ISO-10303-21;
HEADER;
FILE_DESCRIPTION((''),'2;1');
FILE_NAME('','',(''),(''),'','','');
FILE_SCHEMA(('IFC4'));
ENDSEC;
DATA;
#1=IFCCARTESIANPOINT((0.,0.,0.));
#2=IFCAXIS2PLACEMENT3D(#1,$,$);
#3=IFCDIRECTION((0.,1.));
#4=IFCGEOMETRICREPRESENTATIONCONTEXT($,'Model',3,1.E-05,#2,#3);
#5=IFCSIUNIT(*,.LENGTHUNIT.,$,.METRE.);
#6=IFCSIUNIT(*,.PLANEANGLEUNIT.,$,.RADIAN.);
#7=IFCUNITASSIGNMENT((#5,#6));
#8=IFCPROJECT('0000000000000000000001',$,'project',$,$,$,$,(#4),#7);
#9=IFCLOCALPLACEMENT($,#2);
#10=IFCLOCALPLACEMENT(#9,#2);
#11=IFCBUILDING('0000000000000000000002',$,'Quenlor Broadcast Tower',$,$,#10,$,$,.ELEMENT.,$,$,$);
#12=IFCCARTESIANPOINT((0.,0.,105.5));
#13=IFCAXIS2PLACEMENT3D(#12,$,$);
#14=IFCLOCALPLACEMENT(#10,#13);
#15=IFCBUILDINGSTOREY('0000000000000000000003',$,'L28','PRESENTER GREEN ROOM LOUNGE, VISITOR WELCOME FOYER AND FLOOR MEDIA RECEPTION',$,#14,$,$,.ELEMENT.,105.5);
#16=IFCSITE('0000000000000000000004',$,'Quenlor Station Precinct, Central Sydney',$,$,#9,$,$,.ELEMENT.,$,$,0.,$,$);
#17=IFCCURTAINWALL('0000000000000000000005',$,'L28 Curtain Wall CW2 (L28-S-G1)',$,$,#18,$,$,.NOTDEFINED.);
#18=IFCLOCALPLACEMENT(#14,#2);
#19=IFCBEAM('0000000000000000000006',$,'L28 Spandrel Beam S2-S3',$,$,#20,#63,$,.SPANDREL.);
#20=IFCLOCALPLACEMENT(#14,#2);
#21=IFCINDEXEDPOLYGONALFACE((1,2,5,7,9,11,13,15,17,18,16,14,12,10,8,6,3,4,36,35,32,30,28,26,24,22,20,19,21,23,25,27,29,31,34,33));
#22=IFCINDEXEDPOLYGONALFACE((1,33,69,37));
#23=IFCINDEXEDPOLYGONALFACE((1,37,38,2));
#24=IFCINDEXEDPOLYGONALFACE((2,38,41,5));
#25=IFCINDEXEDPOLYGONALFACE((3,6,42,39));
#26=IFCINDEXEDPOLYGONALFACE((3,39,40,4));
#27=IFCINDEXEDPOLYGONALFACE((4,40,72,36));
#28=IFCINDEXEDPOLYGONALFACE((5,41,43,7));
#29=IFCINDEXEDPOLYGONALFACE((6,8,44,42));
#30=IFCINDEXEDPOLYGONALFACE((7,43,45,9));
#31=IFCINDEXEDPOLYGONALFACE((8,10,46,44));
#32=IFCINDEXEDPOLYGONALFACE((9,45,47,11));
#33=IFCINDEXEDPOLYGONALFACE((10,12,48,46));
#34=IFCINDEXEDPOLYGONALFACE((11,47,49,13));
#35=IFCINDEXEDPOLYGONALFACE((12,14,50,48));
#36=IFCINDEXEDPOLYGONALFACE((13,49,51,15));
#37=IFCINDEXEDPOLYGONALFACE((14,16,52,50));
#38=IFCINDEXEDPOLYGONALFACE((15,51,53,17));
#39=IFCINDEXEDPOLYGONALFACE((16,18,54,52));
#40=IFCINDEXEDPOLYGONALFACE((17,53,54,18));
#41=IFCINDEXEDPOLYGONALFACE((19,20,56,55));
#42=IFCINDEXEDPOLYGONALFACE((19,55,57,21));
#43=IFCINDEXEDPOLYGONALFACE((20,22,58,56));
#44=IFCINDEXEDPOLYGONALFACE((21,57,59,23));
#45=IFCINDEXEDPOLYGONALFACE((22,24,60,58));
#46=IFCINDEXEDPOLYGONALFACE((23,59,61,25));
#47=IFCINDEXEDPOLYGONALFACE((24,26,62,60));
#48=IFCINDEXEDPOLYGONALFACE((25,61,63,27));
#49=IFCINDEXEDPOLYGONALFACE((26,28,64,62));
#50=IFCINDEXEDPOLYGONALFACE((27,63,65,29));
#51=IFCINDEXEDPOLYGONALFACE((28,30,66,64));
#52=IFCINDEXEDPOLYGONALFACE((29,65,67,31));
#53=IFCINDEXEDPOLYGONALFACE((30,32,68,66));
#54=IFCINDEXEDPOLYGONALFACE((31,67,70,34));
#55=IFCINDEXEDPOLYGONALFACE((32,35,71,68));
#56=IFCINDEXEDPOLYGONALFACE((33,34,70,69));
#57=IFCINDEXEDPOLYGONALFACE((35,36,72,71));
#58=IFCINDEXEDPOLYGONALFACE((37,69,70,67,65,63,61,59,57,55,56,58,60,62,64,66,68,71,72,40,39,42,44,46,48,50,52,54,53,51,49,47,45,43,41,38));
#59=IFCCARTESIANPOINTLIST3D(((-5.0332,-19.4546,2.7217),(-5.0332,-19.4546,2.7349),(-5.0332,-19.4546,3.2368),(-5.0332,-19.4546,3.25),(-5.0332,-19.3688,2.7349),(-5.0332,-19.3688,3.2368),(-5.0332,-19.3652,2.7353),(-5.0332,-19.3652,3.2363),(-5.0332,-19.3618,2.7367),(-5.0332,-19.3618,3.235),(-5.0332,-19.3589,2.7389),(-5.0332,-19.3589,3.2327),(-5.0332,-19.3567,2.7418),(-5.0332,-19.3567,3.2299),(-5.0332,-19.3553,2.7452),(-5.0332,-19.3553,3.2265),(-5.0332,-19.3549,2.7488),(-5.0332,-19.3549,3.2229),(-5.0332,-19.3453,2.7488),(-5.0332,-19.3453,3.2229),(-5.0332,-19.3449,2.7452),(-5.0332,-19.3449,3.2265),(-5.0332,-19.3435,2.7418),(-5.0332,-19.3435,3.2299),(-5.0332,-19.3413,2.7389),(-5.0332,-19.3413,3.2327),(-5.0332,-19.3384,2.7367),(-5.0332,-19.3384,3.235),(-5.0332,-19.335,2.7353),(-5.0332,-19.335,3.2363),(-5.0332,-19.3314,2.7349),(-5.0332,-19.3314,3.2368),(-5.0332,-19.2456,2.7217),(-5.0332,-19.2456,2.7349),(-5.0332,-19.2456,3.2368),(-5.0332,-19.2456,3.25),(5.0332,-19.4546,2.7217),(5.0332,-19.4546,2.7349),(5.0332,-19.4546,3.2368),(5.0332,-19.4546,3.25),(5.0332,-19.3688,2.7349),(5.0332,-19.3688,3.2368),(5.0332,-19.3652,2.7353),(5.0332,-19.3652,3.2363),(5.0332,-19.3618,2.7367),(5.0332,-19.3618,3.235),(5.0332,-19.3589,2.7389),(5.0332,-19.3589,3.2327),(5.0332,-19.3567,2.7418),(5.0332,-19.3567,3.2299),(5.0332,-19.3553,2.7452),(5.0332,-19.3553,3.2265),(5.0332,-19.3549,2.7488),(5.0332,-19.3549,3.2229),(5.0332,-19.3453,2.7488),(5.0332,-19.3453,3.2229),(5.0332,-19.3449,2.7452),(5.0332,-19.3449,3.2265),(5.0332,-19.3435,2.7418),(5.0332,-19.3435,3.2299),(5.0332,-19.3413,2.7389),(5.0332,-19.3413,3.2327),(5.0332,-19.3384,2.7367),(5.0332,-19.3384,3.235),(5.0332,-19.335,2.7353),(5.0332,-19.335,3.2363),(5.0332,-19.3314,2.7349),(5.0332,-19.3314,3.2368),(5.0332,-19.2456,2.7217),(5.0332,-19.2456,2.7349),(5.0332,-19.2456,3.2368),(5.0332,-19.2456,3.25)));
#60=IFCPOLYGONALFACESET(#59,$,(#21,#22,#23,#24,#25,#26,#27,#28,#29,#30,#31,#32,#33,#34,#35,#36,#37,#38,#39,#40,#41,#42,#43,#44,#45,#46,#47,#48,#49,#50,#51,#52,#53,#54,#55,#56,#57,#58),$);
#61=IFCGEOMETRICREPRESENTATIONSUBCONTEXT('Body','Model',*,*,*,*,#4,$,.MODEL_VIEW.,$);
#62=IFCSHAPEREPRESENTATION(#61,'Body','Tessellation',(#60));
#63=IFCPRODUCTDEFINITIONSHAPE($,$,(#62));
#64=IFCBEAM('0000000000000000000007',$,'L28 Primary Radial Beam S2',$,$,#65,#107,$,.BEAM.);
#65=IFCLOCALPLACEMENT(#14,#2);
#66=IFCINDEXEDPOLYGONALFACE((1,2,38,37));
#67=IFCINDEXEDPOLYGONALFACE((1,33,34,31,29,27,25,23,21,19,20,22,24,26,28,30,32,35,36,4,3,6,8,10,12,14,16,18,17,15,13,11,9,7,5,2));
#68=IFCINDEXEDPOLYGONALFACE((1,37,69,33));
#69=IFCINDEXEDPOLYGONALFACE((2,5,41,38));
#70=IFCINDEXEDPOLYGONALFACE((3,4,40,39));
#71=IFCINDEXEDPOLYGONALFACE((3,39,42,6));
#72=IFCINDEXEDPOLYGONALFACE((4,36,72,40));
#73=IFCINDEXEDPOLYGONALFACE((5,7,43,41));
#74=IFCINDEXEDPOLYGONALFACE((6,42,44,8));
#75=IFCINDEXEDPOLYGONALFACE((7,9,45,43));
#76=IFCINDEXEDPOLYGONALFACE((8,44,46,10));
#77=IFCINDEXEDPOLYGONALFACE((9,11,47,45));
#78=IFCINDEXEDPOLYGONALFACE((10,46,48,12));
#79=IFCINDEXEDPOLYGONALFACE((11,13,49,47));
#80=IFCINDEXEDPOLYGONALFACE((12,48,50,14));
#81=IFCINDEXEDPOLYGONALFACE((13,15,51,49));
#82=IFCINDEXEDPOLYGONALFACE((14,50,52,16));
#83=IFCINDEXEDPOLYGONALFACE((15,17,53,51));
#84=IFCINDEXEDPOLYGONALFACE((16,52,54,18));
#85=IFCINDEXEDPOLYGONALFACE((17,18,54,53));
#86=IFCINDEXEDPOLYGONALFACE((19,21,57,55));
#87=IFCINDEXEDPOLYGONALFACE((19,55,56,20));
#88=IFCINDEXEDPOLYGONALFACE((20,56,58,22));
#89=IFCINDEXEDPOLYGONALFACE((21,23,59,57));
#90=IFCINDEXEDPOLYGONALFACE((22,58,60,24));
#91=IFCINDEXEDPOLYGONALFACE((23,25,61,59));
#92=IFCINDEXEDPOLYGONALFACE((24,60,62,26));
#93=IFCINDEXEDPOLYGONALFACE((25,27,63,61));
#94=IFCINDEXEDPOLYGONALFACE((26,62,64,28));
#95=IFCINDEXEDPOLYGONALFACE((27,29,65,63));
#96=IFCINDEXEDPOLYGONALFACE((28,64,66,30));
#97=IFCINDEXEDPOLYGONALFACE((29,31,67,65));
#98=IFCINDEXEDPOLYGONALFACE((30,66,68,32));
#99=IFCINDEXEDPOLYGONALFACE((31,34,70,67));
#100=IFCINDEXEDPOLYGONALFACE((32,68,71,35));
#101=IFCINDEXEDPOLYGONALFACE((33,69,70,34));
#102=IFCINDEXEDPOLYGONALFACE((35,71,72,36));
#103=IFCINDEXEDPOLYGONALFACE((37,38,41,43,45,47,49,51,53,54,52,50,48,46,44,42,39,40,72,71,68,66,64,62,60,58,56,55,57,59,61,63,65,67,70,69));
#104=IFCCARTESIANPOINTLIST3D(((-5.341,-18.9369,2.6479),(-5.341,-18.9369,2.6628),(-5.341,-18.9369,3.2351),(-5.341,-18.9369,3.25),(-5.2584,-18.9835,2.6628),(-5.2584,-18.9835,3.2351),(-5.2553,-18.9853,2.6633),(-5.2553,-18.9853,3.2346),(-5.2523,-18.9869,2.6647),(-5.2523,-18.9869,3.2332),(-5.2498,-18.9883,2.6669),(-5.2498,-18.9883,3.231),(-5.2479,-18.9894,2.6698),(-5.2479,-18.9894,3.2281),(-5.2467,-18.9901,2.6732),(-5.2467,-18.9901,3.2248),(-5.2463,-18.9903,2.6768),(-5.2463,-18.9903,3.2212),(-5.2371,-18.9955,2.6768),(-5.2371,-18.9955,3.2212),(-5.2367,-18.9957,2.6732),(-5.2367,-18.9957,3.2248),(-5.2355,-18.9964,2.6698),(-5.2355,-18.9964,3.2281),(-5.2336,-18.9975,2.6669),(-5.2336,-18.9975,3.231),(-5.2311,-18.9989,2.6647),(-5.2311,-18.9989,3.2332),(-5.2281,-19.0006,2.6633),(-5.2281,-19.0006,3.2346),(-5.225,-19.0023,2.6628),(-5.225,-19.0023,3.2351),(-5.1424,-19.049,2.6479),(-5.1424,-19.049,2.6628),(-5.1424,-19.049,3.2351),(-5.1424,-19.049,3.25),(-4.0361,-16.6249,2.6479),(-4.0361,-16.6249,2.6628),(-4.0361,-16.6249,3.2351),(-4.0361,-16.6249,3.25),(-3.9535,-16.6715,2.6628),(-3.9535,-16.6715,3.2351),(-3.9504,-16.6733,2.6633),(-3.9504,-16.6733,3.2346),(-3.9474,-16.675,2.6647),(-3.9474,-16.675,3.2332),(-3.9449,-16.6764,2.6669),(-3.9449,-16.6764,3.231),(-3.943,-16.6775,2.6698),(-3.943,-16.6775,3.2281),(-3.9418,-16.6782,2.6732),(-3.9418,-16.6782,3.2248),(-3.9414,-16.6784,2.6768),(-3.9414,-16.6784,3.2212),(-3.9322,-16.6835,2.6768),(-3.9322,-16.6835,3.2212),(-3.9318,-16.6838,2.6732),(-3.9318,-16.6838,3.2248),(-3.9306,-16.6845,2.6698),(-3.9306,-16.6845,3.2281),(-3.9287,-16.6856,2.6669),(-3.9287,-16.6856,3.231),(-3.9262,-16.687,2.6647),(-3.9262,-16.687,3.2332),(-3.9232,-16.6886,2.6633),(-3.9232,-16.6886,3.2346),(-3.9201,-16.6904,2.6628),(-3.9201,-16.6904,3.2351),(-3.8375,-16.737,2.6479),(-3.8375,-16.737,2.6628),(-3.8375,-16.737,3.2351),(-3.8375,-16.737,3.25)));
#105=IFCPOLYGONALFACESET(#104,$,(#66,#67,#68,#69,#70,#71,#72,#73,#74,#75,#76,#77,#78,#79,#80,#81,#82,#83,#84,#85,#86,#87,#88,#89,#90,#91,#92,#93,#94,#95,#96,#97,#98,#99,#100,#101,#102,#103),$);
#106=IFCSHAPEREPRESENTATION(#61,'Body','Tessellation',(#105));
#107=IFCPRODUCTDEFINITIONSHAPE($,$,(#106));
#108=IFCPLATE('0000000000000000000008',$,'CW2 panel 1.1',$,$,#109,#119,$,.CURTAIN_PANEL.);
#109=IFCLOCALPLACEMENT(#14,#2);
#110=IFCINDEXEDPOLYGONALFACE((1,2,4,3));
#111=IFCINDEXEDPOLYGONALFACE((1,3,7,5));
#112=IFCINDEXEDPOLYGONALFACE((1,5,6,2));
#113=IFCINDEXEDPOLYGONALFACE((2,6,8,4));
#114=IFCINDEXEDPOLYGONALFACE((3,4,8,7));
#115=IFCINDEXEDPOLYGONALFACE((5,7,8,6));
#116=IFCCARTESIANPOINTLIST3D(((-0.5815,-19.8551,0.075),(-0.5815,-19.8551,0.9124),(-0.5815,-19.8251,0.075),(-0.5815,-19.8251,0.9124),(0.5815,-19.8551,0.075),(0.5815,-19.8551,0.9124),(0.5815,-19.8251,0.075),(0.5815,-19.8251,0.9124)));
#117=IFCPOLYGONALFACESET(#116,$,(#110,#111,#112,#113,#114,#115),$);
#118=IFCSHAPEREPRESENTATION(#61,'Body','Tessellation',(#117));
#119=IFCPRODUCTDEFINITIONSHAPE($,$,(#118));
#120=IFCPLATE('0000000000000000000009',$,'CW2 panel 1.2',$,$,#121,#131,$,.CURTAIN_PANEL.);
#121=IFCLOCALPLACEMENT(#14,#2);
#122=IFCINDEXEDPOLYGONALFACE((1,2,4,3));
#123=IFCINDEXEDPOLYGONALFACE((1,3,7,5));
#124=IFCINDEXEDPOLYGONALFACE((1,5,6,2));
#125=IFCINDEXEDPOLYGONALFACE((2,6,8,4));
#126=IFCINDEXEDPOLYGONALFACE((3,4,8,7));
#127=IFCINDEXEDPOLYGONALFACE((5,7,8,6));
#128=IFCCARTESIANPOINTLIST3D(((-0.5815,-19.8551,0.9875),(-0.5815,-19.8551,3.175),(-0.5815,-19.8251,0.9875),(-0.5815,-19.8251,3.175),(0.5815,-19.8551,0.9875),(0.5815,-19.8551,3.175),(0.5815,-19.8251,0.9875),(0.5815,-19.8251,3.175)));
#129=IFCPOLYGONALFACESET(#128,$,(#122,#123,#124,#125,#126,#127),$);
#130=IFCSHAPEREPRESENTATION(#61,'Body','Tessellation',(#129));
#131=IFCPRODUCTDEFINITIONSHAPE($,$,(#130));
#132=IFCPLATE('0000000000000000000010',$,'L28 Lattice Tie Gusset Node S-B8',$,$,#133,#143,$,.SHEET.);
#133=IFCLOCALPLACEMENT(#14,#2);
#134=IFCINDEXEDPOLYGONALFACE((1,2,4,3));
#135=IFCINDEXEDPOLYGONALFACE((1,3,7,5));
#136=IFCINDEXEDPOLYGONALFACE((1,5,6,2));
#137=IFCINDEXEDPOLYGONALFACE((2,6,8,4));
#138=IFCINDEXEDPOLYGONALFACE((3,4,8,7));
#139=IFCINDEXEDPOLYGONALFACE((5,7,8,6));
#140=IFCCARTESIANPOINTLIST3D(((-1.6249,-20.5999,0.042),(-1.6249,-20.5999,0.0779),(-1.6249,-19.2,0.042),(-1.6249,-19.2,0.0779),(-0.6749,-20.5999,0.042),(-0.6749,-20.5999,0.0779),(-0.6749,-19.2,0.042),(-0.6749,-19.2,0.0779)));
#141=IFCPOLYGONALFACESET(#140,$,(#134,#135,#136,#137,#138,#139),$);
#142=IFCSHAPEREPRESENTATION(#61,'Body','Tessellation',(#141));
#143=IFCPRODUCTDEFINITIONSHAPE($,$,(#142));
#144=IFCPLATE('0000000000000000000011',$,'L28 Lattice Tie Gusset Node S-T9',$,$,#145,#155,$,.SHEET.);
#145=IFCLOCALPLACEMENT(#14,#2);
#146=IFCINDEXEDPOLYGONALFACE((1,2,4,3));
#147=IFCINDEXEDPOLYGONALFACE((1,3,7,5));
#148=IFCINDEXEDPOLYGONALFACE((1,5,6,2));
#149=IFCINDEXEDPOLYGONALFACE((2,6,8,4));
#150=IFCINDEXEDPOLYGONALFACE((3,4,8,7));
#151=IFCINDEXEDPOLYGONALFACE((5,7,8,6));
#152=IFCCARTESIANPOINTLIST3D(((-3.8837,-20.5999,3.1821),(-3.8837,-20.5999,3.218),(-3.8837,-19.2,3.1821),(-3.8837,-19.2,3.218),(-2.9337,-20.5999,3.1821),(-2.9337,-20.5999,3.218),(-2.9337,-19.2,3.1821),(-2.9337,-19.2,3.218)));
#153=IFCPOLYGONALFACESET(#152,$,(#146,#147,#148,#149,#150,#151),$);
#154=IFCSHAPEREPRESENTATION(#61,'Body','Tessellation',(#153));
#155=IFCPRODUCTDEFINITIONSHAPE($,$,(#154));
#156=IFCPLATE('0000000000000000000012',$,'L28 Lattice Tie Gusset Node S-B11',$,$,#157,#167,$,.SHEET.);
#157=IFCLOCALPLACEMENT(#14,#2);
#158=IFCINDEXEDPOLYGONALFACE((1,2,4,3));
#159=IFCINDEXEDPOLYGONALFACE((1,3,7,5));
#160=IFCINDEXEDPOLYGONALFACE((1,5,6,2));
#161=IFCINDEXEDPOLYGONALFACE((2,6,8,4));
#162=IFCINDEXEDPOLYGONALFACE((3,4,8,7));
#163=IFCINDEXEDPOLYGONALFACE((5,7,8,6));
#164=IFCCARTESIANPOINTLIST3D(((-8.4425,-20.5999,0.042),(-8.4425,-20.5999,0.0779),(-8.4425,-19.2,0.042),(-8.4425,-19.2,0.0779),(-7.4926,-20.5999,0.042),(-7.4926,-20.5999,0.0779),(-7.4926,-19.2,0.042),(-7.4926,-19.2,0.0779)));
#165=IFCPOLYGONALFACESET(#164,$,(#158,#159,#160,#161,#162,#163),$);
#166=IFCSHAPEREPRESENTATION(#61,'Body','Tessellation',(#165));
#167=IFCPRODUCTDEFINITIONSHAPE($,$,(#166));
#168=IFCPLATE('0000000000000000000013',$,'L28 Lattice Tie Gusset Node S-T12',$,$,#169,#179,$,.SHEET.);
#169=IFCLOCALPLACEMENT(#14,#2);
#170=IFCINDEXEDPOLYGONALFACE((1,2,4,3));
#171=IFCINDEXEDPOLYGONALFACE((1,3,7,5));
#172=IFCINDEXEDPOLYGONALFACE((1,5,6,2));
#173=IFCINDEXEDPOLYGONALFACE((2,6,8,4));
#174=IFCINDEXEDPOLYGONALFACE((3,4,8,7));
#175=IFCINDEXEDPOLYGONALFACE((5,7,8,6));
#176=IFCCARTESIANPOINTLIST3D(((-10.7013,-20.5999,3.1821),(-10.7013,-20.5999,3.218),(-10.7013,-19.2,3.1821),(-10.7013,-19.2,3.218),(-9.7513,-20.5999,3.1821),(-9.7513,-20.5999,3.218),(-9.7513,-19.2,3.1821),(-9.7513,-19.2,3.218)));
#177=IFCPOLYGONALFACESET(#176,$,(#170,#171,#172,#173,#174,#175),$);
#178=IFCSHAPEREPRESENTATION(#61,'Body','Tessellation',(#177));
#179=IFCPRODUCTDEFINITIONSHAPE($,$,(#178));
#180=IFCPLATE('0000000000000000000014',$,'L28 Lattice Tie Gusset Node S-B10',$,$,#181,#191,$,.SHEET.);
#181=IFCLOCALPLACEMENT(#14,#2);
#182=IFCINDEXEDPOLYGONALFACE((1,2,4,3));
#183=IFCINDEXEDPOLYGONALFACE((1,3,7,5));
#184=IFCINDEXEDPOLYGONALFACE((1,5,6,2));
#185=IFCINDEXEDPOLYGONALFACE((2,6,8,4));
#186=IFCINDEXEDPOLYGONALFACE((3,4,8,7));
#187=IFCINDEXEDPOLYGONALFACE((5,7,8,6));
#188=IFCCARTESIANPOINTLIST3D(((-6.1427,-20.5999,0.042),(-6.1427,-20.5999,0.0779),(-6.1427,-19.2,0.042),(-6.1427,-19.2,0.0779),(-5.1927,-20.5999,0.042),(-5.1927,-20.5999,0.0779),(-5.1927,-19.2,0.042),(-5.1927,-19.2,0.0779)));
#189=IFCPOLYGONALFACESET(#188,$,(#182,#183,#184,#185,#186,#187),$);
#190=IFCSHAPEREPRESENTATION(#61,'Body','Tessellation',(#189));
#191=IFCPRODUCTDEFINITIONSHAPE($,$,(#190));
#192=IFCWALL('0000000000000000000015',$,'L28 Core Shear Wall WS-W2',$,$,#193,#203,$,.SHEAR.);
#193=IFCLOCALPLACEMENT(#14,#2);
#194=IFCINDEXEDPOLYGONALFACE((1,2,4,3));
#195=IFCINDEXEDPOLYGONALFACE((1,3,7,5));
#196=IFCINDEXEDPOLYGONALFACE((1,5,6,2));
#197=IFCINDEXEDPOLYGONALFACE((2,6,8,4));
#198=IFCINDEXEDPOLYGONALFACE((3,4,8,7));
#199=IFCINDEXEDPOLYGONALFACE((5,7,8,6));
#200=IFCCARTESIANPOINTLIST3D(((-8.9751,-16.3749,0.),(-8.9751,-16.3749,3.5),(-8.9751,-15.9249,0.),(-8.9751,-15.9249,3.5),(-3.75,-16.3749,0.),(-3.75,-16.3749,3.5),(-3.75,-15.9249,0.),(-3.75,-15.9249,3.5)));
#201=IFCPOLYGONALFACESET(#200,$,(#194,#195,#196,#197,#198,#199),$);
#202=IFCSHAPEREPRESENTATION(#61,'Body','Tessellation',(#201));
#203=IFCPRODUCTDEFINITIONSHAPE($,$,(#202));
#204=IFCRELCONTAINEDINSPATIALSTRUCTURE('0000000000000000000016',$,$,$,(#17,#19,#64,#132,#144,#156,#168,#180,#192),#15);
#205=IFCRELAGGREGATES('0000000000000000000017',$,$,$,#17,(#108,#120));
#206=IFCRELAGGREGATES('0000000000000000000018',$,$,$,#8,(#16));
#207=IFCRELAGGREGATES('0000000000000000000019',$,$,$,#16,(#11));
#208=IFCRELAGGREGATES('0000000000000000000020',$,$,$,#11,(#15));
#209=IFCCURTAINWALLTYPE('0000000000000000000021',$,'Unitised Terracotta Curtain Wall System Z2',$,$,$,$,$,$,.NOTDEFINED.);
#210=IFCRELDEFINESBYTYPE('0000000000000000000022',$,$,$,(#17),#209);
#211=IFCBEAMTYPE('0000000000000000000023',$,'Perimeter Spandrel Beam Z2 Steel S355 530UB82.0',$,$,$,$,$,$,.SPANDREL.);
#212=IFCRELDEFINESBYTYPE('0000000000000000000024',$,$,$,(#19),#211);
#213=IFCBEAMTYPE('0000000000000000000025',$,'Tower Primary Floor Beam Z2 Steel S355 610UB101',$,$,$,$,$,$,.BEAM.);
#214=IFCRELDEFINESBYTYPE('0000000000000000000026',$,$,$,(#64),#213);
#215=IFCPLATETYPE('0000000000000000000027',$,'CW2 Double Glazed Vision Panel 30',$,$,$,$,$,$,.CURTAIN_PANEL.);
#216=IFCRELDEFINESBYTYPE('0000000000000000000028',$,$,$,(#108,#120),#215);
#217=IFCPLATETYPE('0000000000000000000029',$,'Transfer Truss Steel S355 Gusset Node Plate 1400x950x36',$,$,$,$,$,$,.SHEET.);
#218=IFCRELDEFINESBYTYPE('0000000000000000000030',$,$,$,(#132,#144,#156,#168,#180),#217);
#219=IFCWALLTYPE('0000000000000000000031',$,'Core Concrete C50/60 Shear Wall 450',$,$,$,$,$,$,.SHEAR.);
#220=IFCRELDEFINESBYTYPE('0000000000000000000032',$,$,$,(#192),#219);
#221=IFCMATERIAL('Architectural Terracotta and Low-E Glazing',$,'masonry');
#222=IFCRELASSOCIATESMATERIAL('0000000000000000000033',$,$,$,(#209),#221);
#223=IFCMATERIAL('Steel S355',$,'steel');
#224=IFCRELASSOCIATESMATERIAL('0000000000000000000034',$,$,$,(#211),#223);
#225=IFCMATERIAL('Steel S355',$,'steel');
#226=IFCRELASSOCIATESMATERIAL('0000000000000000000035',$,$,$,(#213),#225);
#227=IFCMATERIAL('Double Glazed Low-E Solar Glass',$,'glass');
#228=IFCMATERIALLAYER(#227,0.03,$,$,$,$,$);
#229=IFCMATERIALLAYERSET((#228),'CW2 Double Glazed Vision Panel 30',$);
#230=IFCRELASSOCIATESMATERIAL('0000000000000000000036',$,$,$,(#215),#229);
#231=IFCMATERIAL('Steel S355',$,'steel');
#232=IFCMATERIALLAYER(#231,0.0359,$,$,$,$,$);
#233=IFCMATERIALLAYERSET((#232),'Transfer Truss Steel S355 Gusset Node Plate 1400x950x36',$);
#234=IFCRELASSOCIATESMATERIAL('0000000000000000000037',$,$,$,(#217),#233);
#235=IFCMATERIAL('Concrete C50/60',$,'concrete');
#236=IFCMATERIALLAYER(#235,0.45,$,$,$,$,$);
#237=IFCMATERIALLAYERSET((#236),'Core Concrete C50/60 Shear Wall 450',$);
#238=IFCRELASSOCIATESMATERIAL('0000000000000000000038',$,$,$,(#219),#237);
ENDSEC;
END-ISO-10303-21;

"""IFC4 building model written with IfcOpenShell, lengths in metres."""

from ifc_helpers import new_model, si_unit, direction, frame, frame_2d, origin, origin_2d, place, context, subcontext, project, spatial, rectangle, i_section, extrude, material, layer, layer_set, material_profile, profile_set, type_object, element, aggregate, save


model = new_model("IFC4")

# Units and contexts
model_context = context("Model", 3, precision=1e-05, world=origin(), true_north=direction((0.0, 1.0)))
body_context = subcontext(model_context, "Body", "Model", "MODEL_VIEW")
ifc_project = project(units=[si_unit("LENGTHUNIT", "METRE"), si_unit("PLANEANGLEUNIT", "RADIAN")], contexts=[model_context])

# Site, building, storey
site_placement = place(None, origin())
site = spatial("IfcSite", under=ifc_project, at=site_placement, Name="Quenlor Station Precinct, Central Sydney", CompositionType="ELEMENT", RefElevation=0.0)
building_placement = place(site_placement, origin())
building = spatial("IfcBuilding", under=site, at=building_placement, Name="Quenlor Broadcast Tower", CompositionType="ELEMENT")
storey_placement = place(building_placement, frame((0.0, 0.0, 105.5)))
storey = spatial("IfcBuildingStorey", under=building, at=storey_placement, Name="L28", Description="PRESENTER GREEN ROOM LOUNGE, VISITOR WELCOME FOYER AND FLOOR MEDIA RECEPTION", CompositionType="ELEMENT", Elevation=105.5)

# Curtain wall
ifc_material_1 = material(Name="Architectural Terracotta and Low-E Glazing", Category="masonry")
curtain_wall_type = type_object("IfcCurtainWallType", Name="Unitised Terracotta Curtain Wall System Z2", PredefinedType="NOTDEFINED", material=ifc_material_1)
curtain_wall_placement = place(storey_placement, origin())
curtain_wall = element("IfcCurtainWall", 1, at=curtain_wall_placement, inside=storey, type_object=curtain_wall_type, Name="L28 Curtain Wall CW2 (L28-S-G1)", PredefinedType="NOTDEFINED")

# Beams
ifc_material_2 = material(Name="Steel S355", Category="steel")
ifc_material_profile_1 = material_profile(ifc_material_2, i_section(OverallWidth=0.209, OverallDepth=0.5283, WebThickness=0.0095, FlangeThickness=0.0132, FilletRadius=0.0139, at=origin_2d()))
ifc_profile_set_1 = profile_set([ifc_material_profile_1], Name="Steel S355 530UB82.0")
beam_type_1 = type_object("IfcBeamType", Name="Perimeter Spandrel Beam Z2 Steel S355 530UB82.0", PredefinedType="SPANDREL", material=ifc_profile_set_1)
beam_1_placement = place(storey_placement, frame((-5.0332, -19.3501, 2.9858), z_axis=(1.0, 0.0, 0.0), x_axis=(0.0, 1.0, 0.0)))
element("IfcBeam", 2, at=beam_1_placement, inside=storey, type_object=beam_type_1, Name="L28 Spandrel Beam S2-S3", PredefinedType="SPANDREL", context=body_context, shape_type="SweptSolid", body=[
    extrude(i_section(OverallWidth=0.209, OverallDepth=0.5283, WebThickness=0.0095, FlangeThickness=0.0132, FilletRadius=0.0139, at=origin_2d()), origin(), (0.0, 0.0, 1.0), 10.0664),
])
ifc_material_3 = material(Name="Steel S355", Category="steel")
ifc_material_profile_2 = material_profile(ifc_material_3, i_section(OverallWidth=0.228, OverallDepth=0.6021, WebThickness=0.0105, FlangeThickness=0.0149, FilletRadius=0.0139, at=origin_2d()))
ifc_profile_set_2 = profile_set([ifc_material_profile_2], Name="Steel S355 610UB101")
beam_type_2 = type_object("IfcBeamType", Name="Tower Primary Floor Beam Z2 Steel S355 610UB101", PredefinedType="BEAM", material=ifc_profile_set_2)
beam_2_placement = place(storey_placement, frame((-5.2417, -18.9929, 2.949), z_axis=(0.491527, 0.870862, 0.0), x_axis=(-0.870862, 0.491527, 0.0)))
element("IfcBeam", 3, at=beam_2_placement, inside=storey, type_object=beam_type_2, Name="L28 Primary Radial Beam S2", PredefinedType="BEAM", context=body_context, shape_type="SweptSolid", body=[
    extrude(i_section(OverallWidth=0.228, OverallDepth=0.6021, WebThickness=0.0105, FlangeThickness=0.0149, FilletRadius=0.0139, at=origin_2d()), origin(), (0.0, 0.0, 1.0), 2.6548),
])

# Plates
ifc_material_4 = material(Name="Double Glazed Low-E Solar Glass", Category="glass")
ifc_layer_1 = layer(ifc_material_4, 0.03)
ifc_layer_set_1 = layer_set([ifc_layer_1], Name="CW2 Double Glazed Vision Panel 30")
plate_type_1 = type_object("IfcPlateType", Name="CW2 Double Glazed Vision Panel 30", PredefinedType="CURTAIN_PANEL", material=ifc_layer_set_1)
plate_1_placement = place(storey_placement, frame((0.0, -19.8401, 0.075), z_axis=(0.0, 0.0, 1.0), x_axis=(-1.0, 0.0, 0.0)))
plate_1 = element("IfcPlate", 4, at=plate_1_placement, type_object=plate_type_1, Name="CW2 panel 1.1", PredefinedType="CURTAIN_PANEL", context=body_context, shape_type="SweptSolid", body=[
    extrude(rectangle(XDim=1.1631, YDim=0.03, at=origin_2d()), origin(), (0.0, 0.0, 1.0), 0.8374),
])
plate_2_placement = place(storey_placement, frame((0.0, -19.8401, 0.9875), z_axis=(0.0, 0.0, 1.0), x_axis=(-1.0, 0.0, 0.0)))
plate_2 = element("IfcPlate", 5, at=plate_2_placement, type_object=plate_type_1, Name="CW2 panel 1.2", PredefinedType="CURTAIN_PANEL", context=body_context, shape_type="SweptSolid", body=[
    extrude(rectangle(XDim=1.1631, YDim=0.03, at=origin_2d()), origin(), (0.0, 0.0, 1.0), 2.1875),
])
aggregate(curtain_wall, [plate_1, plate_2])

# Plates
ifc_material_5 = material(Name="Steel S355", Category="steel")
ifc_layer_2 = layer(ifc_material_5, 0.0359)
ifc_layer_set_2 = layer_set([ifc_layer_2], Name="Transfer Truss Steel S355 Gusset Node Plate 1400x950x36")
plate_type_2 = type_object("IfcPlateType", Name="Transfer Truss Steel S355 Gusset Node Plate 1400x950x36", PredefinedType="SHEET", material=ifc_layer_set_2)
for number, where, z_axis, x_axis, name in (
    (6, (-1.1499, -19.8999, 0.042), (0.0, 0.0, 1.0), (0.0, -1.0, 0.0), "L28 Lattice Tie Gusset Node S-B8"),
    (7, (-3.4087, -19.8999, 3.1821), (0.0, 0.0, 1.0), (0.0, -1.0, 0.0), "L28 Lattice Tie Gusset Node S-T9"),
    (8, (-7.9675, -19.8999, 0.042), (0.0, 0.0, 1.0), (0.0, -1.0, 0.0), "L28 Lattice Tie Gusset Node S-B11"),
    (9, (-10.2263, -19.8999, 3.1821), (0.0, 0.0, 1.0), (0.0, -1.0, 0.0), "L28 Lattice Tie Gusset Node S-T12"),
    (10, (-5.6677, -19.8999, 0.042), (0.0, 0.0, 1.0), (0.0, -1.0, 0.0), "L28 Lattice Tie Gusset Node S-B10"),
):
    element("IfcPlate", number, at=place(storey_placement, frame(where, z_axis=z_axis, x_axis=x_axis)), inside=storey, type_object=plate_type_2, Name=name, PredefinedType="SHEET", context=body_context, shape_type="SweptSolid", body=[
        extrude(rectangle(XDim=1.3999, YDim=0.95, at=origin_2d()), origin(), (0.0, 0.0, 1.0), 0.0359),
    ])

# Wall
ifc_material_6 = material(Name="Concrete C50/60", Category="concrete")
ifc_layer_3 = layer(ifc_material_6, 0.45)
ifc_layer_set_3 = layer_set([ifc_layer_3], Name="Core Concrete C50/60 Shear Wall 450")
wall_type_1 = type_object("IfcWallType", Name="Core Concrete C50/60 Shear Wall 450", PredefinedType="SHEAR", material=ifc_layer_set_3)
wall_1_placement = place(storey_placement, frame((-8.9751, -16.1499, 0.0), z_axis=(0.0, 0.0, 1.0), x_axis=(1.0, 0.0, 0.0)))
element("IfcWall", 11, at=wall_1_placement, inside=storey, type_object=wall_type_1, Name="L28 Core Shear Wall WS-W2", PredefinedType="SHEAR", context=body_context, shape_type="SweptSolid", body=[
    extrude(rectangle(XDim=5.2251, YDim=0.45, at=frame_2d((2.6125, 0.0))), origin(), (0.0, 0.0, 1.0), 3.5),
])

save(model, "model.ifc")
